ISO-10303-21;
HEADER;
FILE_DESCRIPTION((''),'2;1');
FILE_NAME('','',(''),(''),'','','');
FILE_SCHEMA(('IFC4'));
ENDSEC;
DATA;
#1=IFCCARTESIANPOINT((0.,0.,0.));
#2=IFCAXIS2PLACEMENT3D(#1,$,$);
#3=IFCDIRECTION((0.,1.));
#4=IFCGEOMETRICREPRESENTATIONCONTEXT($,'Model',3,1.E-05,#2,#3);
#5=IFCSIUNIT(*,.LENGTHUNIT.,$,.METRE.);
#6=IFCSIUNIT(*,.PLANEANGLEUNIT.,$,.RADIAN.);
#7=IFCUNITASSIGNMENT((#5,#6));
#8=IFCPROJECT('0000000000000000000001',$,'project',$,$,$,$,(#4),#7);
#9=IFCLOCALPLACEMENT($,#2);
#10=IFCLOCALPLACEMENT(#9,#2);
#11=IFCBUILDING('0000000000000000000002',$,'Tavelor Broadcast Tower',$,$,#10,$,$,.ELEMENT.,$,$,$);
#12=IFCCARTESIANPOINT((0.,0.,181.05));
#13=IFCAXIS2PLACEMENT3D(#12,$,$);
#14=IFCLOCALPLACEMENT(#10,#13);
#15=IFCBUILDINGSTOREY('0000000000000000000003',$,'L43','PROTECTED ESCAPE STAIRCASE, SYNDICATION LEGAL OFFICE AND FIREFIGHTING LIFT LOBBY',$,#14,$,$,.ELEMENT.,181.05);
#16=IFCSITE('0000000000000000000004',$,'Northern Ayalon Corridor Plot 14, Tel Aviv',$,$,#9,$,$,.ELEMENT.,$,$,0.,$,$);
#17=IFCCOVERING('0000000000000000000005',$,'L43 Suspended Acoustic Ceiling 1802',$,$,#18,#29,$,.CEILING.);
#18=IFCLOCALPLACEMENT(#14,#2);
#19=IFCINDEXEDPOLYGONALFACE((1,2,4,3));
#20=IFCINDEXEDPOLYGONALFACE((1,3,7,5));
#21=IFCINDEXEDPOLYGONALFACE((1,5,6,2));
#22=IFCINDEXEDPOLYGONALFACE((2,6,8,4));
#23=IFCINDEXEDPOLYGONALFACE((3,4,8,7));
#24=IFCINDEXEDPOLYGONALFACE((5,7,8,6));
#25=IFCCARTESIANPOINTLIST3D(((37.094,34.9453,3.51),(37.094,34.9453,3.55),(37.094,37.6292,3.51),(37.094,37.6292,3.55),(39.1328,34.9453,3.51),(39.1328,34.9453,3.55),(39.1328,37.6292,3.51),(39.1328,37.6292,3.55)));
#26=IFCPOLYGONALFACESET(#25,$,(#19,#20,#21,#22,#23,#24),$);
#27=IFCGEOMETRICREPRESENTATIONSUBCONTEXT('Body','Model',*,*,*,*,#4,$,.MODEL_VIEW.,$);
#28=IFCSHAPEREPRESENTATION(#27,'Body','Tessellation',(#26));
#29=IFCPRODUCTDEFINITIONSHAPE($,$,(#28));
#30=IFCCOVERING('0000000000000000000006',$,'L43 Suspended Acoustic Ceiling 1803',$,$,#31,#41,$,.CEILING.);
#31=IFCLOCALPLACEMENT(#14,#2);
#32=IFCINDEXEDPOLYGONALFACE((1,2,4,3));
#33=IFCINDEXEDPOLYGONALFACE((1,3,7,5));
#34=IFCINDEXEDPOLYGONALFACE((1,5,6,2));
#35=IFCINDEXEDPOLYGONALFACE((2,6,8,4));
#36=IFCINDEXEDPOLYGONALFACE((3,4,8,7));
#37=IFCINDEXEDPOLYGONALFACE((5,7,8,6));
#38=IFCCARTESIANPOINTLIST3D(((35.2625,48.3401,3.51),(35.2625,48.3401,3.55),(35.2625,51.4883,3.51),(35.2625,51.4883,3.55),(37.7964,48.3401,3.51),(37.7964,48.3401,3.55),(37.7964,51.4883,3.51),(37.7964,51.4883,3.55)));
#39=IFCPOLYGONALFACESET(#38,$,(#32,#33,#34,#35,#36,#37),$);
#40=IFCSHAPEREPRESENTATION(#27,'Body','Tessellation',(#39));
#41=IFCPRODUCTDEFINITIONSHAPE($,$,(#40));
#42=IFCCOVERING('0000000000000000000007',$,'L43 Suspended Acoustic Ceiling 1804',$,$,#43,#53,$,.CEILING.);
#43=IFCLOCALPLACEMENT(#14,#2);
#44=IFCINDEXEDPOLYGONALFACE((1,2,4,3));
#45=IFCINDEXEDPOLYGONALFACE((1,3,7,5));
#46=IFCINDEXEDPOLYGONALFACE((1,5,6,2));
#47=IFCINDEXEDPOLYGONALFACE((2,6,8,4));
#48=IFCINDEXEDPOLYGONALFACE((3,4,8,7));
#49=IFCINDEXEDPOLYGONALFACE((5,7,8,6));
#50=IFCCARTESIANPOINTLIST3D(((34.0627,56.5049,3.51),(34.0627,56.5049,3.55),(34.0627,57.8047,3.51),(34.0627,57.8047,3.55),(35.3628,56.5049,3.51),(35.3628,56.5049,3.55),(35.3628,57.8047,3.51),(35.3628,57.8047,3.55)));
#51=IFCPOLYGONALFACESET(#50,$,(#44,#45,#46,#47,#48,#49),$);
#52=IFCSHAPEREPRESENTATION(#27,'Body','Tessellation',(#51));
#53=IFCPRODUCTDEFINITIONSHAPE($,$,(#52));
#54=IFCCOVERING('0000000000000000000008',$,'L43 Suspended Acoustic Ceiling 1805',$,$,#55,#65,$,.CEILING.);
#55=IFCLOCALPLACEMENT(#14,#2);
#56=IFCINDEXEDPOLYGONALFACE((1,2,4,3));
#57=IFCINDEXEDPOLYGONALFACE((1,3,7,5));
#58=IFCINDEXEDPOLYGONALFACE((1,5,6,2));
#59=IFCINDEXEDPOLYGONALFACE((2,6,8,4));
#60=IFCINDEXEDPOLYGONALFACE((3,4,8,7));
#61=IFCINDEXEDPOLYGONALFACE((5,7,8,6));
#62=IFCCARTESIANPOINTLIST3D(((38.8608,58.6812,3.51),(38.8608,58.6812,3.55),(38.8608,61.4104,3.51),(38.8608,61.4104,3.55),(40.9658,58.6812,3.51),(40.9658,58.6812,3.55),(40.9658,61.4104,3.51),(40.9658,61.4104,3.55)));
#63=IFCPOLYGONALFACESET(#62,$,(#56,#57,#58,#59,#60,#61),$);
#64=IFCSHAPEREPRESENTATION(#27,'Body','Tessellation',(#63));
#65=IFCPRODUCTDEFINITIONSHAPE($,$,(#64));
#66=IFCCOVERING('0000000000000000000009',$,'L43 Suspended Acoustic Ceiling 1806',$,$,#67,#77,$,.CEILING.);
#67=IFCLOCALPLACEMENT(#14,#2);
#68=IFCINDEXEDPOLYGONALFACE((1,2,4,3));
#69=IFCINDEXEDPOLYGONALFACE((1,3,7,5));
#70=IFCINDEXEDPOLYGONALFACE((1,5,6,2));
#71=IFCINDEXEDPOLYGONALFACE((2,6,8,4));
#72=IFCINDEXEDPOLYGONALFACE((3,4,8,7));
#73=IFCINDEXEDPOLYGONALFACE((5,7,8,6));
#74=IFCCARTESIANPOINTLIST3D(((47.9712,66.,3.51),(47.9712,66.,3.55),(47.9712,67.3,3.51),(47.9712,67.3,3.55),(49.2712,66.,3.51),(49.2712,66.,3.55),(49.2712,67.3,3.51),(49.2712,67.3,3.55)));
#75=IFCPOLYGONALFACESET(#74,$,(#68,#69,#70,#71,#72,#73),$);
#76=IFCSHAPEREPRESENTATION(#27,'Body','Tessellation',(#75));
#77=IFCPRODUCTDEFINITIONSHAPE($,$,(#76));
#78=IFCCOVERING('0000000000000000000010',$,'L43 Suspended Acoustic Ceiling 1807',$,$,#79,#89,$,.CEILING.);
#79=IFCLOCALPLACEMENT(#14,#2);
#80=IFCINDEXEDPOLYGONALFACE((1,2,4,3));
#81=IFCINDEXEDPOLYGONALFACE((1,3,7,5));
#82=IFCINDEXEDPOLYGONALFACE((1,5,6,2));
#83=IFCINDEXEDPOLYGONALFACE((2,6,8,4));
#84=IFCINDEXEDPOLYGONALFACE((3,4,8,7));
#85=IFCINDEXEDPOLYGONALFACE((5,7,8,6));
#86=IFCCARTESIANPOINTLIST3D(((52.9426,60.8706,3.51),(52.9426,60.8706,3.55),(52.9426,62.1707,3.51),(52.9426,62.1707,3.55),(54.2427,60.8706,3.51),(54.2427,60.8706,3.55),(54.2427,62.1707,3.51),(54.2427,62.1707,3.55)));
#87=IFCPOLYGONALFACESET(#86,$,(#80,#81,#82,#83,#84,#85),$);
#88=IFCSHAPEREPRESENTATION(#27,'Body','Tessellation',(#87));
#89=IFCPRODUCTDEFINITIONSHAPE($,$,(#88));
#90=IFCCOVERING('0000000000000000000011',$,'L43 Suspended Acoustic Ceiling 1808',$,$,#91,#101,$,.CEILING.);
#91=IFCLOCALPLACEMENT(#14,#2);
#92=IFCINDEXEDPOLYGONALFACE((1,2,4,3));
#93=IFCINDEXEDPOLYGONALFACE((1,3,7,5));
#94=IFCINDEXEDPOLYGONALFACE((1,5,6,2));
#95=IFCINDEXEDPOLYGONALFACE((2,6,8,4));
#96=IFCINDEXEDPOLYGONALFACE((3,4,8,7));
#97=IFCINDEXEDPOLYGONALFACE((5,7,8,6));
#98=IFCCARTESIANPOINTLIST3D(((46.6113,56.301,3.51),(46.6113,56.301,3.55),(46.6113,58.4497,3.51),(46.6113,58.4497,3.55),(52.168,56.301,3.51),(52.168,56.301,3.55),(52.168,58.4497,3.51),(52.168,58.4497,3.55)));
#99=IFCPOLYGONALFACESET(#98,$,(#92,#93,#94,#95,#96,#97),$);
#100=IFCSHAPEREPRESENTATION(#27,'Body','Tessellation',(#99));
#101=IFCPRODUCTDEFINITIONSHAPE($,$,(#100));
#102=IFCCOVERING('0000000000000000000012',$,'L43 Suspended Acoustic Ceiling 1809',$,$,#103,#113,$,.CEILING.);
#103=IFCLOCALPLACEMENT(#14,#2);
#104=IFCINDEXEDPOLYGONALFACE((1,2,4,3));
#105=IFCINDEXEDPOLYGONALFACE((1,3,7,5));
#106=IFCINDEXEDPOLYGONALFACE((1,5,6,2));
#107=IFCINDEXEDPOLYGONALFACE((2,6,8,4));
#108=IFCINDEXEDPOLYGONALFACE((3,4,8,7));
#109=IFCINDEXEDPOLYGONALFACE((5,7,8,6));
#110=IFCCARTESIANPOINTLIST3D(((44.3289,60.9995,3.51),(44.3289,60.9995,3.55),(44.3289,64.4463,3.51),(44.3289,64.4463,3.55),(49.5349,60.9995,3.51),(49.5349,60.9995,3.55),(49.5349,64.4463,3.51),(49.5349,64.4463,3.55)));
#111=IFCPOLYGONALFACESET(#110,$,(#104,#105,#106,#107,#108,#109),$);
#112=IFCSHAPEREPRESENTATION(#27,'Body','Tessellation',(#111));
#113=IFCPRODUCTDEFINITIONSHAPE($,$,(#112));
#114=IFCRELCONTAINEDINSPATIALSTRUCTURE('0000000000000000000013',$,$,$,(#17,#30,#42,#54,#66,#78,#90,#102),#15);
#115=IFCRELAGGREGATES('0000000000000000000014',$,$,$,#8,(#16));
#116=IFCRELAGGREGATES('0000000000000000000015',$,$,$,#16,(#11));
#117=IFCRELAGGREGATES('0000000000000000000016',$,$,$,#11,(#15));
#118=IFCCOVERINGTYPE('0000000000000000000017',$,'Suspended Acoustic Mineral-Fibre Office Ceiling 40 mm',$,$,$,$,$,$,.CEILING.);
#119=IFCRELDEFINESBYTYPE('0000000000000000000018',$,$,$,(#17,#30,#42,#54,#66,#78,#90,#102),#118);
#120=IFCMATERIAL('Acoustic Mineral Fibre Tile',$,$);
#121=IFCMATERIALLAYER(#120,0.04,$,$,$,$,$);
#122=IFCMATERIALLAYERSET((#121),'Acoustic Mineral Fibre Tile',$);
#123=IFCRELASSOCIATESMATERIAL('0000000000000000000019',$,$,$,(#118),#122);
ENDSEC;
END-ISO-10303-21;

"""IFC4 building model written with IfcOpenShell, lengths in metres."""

from ifc_helpers import new_model, si_unit, direction, frame, origin, place, context, subcontext, project, spatial, polyline, outline, extrude, material, layer, layer_set, type_object, element, save


model = new_model("IFC4")

# Units and contexts
model_context = context("Model", 3, precision=1e-05, world=origin(), true_north=direction((0.0, 1.0)))
body_context = subcontext(model_context, "Body", "Model", "MODEL_VIEW")
ifc_project = project(units=[si_unit("LENGTHUNIT", "METRE"), si_unit("PLANEANGLEUNIT", "RADIAN")], contexts=[model_context])

# Site, building, storey
site_placement = place(None, origin())
site = spatial("IfcSite", under=ifc_project, at=site_placement, Name="Northern Ayalon Corridor Plot 14, Tel Aviv", CompositionType="ELEMENT", RefElevation=0.0)
building_placement = place(site_placement, origin())
building = spatial("IfcBuilding", under=site, at=building_placement, Name="Tavelor Broadcast Tower", CompositionType="ELEMENT")
storey_placement = place(building_placement, frame((0.0, 0.0, 181.05)))
storey = spatial("IfcBuildingStorey", under=building, at=storey_placement, Name="L43", Description="PROTECTED ESCAPE STAIRCASE, SYNDICATION LEGAL OFFICE AND FIREFIGHTING LIFT LOBBY", CompositionType="ELEMENT", Elevation=181.05)

# Coverings
ifc_material_1 = material(Name="Acoustic Mineral Fibre Tile")
ifc_layer_1 = layer(ifc_material_1, 0.04)
ifc_layer_set_1 = layer_set([ifc_layer_1], Name="Acoustic Mineral Fibre Tile")
covering_type_1 = type_object("IfcCoveringType", Name="Suspended Acoustic Mineral-Fibre Office Ceiling 40 mm", PredefinedType="CEILING", material=ifc_layer_set_1)
covering_1_placement = place(storey_placement, frame((0.0, 0.0, 3.51)))
element("IfcCovering", 1, at=covering_1_placement, inside=storey, type_object=covering_type_1, Name="L43 Suspended Acoustic Ceiling 1802", PredefinedType="CEILING", context=body_context, shape_type="SweptSolid", body=[
    extrude(outline(polyline([(37.094, 34.9453), (39.1328, 34.9453), (39.1328, 37.6292), (37.094, 37.6292), (37.094, 34.9453)])), origin(), (0.0, 0.0, 1.0), 0.04),
])
covering_2_placement = place(storey_placement, frame((0.0, 0.0, 3.51)))
element("IfcCovering", 2, at=covering_2_placement, inside=storey, type_object=covering_type_1, Name="L43 Suspended Acoustic Ceiling 1803", PredefinedType="CEILING", context=body_context, shape_type="SweptSolid", body=[
    extrude(outline(polyline([(35.2625, 48.3401), (37.7964, 48.3401), (37.7964, 51.4883), (35.2625, 51.4883), (35.2625, 48.3401)])), origin(), (0.0, 0.0, 1.0), 0.04),
])
covering_3_placement = place(storey_placement, frame((0.0, 0.0, 3.51)))
element("IfcCovering", 3, at=covering_3_placement, inside=storey, type_object=covering_type_1, Name="L43 Suspended Acoustic Ceiling 1804", PredefinedType="CEILING", context=body_context, shape_type="SweptSolid", body=[
    extrude(outline(polyline([(34.0627, 56.5049), (35.3628, 56.5049), (35.3628, 57.8047), (34.0627, 57.8047), (34.0627, 56.5049)])), origin(), (0.0, 0.0, 1.0), 0.04),
])
covering_4_placement = place(storey_placement, frame((0.0, 0.0, 3.51)))
element("IfcCovering", 4, at=covering_4_placement, inside=storey, type_object=covering_type_1, Name="L43 Suspended Acoustic Ceiling 1805", PredefinedType="CEILING", context=body_context, shape_type="SweptSolid", body=[
    extrude(outline(polyline([(38.8608, 58.6812), (40.9658, 58.6812), (40.9658, 61.4104), (38.8608, 61.4104), (38.8608, 58.6812)])), origin(), (0.0, 0.0, 1.0), 0.04),
])
covering_5_placement = place(storey_placement, frame((0.0, 0.0, 3.51)))
element("IfcCovering", 5, at=covering_5_placement, inside=storey, type_object=covering_type_1, Name="L43 Suspended Acoustic Ceiling 1806", PredefinedType="CEILING", context=body_context, shape_type="SweptSolid", body=[
    extrude(outline(polyline([(47.9712, 66.0), (49.2712, 66.0), (49.2712, 67.3), (47.9712, 67.3), (47.9712, 66.0)])), origin(), (0.0, 0.0, 1.0), 0.04),
])
covering_6_placement = place(storey_placement, frame((0.0, 0.0, 3.51)))
element("IfcCovering", 6, at=covering_6_placement, inside=storey, type_object=covering_type_1, Name="L43 Suspended Acoustic Ceiling 1807", PredefinedType="CEILING", context=body_context, shape_type="SweptSolid", body=[
    extrude(outline(polyline([(52.9426, 60.8706), (54.2427, 60.8706), (54.2427, 62.1707), (52.9426, 62.1707), (52.9426, 60.8706)])), origin(), (0.0, 0.0, 1.0), 0.04),
])
covering_7_placement = place(storey_placement, frame((0.0, 0.0, 3.51)))
element("IfcCovering", 7, at=covering_7_placement, inside=storey, type_object=covering_type_1, Name="L43 Suspended Acoustic Ceiling 1808", PredefinedType="CEILING", context=body_context, shape_type="SweptSolid", body=[
    extrude(outline(polyline([(46.6113, 56.301), (52.168, 56.301), (52.168, 58.4497), (46.6113, 58.4497), (46.6113, 56.301)])), origin(), (0.0, 0.0, 1.0), 0.04),
])
covering_8_placement = place(storey_placement, frame((0.0, 0.0, 3.51)))
element("IfcCovering", 8, at=covering_8_placement, inside=storey, type_object=covering_type_1, Name="L43 Suspended Acoustic Ceiling 1809", PredefinedType="CEILING", context=body_context, shape_type="SweptSolid", body=[
    extrude(outline(polyline([(44.3289, 60.9995), (49.5349, 60.9995), (49.5349, 64.4463), (44.3289, 64.4463), (44.3289, 60.9995)])), origin(), (0.0, 0.0, 1.0), 0.04),
])

save(model, "model.ifc")
